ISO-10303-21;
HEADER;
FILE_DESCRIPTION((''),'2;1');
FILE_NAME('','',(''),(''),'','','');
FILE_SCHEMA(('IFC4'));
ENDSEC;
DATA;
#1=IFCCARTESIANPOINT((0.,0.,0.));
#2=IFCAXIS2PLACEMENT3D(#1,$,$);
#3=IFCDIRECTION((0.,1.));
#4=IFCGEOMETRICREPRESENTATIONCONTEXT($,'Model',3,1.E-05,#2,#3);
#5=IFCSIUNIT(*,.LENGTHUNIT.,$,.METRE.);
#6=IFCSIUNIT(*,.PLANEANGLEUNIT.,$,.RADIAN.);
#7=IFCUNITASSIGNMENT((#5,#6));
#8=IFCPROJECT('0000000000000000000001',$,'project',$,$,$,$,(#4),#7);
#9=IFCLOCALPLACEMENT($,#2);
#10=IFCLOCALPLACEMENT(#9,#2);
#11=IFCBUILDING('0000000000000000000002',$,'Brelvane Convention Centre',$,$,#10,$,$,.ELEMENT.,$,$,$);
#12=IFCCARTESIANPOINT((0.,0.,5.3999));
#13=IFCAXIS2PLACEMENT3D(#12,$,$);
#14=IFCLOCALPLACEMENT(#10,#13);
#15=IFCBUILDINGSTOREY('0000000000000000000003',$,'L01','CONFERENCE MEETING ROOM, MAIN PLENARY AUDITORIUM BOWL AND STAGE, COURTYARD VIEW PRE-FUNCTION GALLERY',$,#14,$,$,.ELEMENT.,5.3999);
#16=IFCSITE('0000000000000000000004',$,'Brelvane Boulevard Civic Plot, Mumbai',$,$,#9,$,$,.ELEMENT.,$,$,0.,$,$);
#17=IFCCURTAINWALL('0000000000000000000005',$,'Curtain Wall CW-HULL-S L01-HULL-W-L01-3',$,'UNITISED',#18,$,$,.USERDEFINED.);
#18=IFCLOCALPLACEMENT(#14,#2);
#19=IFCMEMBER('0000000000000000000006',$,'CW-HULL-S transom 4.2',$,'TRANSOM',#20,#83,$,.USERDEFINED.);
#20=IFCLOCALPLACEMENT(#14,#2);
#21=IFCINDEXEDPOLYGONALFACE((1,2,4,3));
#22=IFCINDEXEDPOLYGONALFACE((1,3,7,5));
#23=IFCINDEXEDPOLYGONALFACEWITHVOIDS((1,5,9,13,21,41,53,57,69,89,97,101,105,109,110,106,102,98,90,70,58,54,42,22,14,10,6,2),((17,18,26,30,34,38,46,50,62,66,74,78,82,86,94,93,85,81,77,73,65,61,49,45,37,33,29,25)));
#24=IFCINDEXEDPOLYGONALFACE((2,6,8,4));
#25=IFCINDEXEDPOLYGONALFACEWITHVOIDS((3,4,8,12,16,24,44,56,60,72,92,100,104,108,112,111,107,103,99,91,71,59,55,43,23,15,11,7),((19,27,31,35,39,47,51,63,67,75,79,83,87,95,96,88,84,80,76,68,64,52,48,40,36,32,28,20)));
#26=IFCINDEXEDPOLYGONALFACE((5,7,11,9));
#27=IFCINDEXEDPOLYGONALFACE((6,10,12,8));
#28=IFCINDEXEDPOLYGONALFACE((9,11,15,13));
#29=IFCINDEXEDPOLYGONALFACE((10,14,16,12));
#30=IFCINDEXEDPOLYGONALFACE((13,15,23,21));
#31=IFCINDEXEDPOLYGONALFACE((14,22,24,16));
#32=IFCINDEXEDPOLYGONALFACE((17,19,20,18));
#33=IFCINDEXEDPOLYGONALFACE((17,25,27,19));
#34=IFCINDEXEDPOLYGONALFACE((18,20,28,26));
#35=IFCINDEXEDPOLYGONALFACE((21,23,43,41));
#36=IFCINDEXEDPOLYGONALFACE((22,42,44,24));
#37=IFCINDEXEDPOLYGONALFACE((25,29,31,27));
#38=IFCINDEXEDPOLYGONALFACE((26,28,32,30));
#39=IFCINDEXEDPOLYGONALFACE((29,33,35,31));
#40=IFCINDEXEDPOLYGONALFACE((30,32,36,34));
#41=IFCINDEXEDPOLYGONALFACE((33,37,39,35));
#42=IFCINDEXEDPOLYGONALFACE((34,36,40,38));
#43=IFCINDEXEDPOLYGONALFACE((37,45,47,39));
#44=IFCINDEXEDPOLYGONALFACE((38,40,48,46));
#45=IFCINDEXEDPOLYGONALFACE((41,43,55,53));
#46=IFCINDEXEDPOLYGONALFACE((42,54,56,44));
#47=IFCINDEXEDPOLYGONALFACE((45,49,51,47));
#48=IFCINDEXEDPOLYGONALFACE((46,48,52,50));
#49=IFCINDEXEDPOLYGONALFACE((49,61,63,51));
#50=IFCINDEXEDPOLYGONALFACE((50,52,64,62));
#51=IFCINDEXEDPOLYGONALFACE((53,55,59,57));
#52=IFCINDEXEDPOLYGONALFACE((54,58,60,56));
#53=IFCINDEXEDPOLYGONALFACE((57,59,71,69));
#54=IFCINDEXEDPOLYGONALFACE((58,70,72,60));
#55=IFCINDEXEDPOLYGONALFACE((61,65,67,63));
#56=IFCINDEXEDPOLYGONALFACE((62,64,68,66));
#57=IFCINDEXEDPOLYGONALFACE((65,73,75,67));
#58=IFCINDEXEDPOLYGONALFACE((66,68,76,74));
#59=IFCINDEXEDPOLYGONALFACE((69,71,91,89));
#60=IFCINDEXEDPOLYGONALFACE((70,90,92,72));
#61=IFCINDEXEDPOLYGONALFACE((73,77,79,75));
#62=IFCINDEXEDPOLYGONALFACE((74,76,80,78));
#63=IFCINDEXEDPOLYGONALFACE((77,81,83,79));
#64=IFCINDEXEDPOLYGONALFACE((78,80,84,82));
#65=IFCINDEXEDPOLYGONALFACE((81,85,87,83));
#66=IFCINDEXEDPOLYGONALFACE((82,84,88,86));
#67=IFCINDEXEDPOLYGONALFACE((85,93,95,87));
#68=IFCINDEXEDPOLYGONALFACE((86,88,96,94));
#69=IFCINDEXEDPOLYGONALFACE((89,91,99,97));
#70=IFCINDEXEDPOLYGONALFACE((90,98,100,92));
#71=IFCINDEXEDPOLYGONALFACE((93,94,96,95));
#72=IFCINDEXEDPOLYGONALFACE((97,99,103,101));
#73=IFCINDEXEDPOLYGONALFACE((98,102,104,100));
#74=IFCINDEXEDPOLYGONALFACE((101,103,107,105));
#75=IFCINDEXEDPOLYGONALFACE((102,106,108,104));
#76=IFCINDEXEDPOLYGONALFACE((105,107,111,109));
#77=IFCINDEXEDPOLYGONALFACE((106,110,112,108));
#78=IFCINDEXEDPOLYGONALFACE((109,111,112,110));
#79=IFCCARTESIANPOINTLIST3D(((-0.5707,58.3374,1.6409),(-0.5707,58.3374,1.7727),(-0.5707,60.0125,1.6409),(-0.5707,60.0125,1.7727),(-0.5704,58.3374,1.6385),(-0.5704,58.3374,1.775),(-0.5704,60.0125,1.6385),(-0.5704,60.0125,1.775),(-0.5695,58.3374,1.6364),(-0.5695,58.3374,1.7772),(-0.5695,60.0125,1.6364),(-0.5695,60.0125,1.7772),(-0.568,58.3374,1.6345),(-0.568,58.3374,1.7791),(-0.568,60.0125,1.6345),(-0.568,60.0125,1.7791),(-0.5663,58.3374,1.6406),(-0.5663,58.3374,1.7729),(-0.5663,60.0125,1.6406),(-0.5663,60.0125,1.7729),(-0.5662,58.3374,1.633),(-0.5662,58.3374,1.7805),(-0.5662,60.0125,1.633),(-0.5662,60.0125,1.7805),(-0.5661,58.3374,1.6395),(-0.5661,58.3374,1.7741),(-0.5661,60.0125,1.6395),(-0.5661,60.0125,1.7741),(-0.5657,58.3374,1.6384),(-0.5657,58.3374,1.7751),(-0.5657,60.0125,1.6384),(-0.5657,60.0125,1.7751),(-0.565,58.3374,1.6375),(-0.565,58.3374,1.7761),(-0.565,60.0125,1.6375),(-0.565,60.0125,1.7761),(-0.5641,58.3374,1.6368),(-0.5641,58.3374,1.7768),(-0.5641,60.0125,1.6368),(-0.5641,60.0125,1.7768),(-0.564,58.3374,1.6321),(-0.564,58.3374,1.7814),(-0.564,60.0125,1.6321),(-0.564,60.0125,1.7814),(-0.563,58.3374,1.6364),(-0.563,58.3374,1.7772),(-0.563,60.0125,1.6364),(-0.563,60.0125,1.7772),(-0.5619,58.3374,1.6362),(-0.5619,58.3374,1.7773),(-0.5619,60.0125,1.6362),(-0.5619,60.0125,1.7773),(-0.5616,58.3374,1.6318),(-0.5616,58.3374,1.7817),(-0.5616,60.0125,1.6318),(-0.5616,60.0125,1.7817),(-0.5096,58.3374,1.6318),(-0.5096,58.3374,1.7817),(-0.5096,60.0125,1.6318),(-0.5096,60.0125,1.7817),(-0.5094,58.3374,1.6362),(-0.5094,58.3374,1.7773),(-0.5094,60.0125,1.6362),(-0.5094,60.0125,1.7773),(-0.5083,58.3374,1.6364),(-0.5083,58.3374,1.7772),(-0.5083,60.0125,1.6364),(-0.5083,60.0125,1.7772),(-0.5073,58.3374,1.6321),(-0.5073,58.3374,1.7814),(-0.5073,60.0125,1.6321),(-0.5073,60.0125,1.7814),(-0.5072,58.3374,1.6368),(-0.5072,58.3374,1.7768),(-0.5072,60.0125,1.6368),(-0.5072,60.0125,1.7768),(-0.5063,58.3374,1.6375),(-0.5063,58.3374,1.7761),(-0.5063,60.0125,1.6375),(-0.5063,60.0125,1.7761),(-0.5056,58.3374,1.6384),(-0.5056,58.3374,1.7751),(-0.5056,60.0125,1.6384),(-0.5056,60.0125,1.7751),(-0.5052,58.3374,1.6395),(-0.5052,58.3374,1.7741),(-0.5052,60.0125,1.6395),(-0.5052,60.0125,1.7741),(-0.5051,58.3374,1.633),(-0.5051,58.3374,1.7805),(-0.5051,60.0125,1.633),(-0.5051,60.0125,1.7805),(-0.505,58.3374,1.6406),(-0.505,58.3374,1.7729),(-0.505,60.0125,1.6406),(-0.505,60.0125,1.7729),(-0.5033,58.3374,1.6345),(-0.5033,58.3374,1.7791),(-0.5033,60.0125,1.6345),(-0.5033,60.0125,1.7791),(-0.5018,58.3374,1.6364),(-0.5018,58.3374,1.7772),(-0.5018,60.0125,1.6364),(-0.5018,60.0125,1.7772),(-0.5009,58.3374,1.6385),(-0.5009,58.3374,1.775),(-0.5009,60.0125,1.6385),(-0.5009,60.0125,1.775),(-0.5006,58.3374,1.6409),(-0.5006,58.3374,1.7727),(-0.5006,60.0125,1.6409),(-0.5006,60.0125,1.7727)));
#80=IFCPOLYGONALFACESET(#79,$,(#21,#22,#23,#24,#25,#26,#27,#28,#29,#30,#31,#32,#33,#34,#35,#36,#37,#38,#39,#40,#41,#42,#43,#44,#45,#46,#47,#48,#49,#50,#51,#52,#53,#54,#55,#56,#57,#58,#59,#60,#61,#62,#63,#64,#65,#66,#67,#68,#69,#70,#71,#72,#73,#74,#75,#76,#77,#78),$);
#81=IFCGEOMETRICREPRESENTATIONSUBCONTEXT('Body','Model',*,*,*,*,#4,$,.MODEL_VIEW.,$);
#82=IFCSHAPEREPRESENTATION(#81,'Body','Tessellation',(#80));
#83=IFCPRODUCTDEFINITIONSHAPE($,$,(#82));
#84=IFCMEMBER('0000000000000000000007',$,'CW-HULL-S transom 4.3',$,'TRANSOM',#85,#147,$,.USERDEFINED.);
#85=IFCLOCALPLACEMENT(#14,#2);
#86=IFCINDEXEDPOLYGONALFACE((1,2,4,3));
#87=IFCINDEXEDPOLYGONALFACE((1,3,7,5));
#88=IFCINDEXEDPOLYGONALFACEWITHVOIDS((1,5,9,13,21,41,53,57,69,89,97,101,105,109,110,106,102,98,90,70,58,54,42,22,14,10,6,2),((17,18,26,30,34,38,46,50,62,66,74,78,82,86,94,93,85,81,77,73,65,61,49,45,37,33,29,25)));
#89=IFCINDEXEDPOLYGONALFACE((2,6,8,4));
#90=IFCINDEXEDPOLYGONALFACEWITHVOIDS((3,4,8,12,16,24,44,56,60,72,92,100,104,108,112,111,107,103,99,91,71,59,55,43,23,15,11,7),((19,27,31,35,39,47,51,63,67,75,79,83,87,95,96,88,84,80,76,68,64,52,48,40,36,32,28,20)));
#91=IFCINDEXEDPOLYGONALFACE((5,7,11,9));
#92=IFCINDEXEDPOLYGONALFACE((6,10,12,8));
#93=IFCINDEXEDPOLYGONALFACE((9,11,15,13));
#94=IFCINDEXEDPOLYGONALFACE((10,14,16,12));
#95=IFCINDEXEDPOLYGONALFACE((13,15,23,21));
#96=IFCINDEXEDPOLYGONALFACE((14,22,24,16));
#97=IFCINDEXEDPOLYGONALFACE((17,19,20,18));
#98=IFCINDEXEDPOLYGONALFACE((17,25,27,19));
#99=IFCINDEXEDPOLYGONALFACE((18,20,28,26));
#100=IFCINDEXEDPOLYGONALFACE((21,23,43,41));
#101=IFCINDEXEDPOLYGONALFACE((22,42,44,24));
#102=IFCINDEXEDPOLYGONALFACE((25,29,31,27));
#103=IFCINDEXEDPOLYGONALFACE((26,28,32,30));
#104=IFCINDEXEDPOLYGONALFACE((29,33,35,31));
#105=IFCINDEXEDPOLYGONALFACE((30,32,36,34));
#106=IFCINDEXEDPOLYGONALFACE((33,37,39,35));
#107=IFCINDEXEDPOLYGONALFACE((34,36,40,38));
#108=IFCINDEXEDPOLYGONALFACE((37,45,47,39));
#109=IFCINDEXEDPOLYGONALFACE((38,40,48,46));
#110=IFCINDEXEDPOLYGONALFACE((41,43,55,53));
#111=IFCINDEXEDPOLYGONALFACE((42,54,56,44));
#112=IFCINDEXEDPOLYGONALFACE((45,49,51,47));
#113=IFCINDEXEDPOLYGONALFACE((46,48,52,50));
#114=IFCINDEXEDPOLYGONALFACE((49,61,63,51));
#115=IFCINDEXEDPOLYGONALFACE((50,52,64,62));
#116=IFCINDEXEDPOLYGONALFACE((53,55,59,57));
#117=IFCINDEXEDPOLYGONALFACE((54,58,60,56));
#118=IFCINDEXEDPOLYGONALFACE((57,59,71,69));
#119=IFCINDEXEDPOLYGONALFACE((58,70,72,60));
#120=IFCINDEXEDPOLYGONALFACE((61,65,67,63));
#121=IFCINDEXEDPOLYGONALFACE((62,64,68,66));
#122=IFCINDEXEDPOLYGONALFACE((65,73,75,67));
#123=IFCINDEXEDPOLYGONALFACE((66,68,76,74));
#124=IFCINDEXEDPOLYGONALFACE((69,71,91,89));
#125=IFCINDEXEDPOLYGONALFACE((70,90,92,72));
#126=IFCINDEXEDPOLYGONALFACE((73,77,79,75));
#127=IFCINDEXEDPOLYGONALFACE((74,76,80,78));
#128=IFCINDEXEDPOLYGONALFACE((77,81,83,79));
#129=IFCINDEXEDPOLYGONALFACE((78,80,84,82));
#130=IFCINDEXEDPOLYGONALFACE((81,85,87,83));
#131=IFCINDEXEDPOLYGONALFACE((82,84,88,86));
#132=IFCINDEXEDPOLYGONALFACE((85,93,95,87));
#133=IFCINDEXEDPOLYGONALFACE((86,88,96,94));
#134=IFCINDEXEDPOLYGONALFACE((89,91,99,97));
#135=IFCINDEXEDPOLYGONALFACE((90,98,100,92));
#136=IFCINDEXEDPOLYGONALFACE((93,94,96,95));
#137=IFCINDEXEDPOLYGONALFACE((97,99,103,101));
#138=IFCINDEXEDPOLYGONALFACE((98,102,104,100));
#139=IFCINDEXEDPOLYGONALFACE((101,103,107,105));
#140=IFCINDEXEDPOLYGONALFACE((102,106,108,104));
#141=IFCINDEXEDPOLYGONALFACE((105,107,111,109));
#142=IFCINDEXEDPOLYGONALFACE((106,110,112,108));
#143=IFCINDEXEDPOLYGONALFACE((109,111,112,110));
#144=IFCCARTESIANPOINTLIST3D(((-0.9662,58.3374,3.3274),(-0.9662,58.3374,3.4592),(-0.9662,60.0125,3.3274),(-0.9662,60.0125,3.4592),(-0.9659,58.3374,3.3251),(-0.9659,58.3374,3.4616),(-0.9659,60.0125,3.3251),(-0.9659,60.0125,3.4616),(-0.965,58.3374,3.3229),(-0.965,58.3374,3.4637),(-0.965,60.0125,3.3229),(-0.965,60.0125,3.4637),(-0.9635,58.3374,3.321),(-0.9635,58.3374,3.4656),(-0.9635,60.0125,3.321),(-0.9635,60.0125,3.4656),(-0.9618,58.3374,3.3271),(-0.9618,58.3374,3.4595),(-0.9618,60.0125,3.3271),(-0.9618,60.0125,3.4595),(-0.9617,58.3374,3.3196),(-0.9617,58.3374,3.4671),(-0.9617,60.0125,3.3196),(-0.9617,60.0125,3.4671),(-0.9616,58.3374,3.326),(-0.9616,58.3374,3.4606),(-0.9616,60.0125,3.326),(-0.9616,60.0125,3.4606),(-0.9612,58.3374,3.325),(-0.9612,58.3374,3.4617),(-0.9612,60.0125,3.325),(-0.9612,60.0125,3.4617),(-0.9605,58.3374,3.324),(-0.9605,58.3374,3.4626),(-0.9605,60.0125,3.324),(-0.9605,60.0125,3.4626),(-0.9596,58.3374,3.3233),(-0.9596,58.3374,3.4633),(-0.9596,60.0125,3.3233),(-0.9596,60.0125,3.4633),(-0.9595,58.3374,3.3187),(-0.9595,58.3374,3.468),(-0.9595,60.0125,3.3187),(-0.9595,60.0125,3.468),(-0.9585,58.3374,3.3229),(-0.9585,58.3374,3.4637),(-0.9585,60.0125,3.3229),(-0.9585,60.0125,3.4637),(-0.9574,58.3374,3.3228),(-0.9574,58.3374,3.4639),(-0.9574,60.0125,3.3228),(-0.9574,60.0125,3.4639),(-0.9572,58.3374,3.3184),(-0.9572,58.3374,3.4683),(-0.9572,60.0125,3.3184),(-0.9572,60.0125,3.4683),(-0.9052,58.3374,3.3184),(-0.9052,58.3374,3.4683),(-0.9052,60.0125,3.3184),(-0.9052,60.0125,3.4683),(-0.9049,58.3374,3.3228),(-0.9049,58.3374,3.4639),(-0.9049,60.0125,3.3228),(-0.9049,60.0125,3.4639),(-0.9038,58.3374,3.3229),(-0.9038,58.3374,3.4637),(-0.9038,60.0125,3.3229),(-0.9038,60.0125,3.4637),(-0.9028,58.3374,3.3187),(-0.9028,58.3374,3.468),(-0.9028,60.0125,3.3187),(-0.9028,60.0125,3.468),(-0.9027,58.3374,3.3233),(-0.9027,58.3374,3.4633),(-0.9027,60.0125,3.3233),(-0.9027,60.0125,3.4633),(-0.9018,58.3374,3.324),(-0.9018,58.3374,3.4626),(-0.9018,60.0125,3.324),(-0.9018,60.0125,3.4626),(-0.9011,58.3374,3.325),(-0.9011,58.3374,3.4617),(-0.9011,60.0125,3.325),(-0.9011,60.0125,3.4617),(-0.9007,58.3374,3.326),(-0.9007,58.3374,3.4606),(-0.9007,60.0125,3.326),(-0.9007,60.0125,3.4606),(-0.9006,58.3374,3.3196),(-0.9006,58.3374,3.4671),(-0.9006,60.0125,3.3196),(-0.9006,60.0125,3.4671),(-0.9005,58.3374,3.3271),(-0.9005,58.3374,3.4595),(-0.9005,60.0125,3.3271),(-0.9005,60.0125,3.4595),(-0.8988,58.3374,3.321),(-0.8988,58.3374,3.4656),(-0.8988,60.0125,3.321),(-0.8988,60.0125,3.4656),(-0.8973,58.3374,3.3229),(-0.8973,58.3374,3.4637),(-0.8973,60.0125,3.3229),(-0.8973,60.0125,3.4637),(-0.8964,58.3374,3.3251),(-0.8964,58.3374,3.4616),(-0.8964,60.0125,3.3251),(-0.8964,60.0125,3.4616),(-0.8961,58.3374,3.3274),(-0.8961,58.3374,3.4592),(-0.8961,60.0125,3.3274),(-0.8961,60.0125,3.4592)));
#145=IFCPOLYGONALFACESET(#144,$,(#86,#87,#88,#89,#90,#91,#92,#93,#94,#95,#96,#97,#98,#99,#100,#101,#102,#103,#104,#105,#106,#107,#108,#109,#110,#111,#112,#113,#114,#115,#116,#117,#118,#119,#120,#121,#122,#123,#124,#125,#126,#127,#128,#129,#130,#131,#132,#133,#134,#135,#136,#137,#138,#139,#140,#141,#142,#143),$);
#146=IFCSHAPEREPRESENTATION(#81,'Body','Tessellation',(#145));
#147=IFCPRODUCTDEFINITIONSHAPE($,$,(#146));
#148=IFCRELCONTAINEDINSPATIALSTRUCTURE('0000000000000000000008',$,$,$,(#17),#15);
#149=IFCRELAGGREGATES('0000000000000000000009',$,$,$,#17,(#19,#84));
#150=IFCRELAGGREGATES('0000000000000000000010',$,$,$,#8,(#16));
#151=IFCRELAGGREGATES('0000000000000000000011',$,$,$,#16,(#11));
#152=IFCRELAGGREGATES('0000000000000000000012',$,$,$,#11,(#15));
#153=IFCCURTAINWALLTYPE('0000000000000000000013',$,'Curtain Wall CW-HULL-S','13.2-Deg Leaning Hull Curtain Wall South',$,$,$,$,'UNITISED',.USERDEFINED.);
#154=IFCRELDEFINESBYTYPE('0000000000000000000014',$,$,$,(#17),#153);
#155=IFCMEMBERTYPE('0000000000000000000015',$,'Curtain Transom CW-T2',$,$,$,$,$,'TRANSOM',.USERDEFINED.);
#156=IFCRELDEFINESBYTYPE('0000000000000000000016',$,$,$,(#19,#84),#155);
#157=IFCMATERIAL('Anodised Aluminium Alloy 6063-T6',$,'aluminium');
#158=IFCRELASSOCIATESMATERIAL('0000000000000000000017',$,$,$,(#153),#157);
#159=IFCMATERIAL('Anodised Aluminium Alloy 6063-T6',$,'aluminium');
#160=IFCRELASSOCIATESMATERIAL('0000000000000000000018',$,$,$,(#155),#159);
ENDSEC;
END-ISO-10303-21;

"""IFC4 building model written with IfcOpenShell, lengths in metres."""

from ifc_helpers import new_model, si_unit, direction, frame, origin, origin_2d, place, context, subcontext, project, spatial, hollow_rectangle, extrude, material, material_profile, profile_set, type_object, element, aggregate, save


model = new_model("IFC4")

# Units and contexts
model_context = context("Model", 3, precision=1e-05, world=origin(), true_north=direction((0.0, 1.0)))
body_context = subcontext(model_context, "Body", "Model", "MODEL_VIEW")
ifc_project = project(units=[si_unit("LENGTHUNIT", "METRE"), si_unit("PLANEANGLEUNIT", "RADIAN")], contexts=[model_context])

# Site, building, storey
site_placement = place(None, origin())
site = spatial("IfcSite", under=ifc_project, at=site_placement, Name="Brelvane Boulevard Civic Plot, Mumbai", CompositionType="ELEMENT", RefElevation=0.0)
building_placement = place(site_placement, origin())
building = spatial("IfcBuilding", under=site, at=building_placement, Name="Brelvane Convention Centre", CompositionType="ELEMENT")
storey_placement = place(building_placement, frame((0.0, 0.0, 5.3999)))
storey = spatial("IfcBuildingStorey", under=building, at=storey_placement, Name="L01", Description="CONFERENCE MEETING ROOM, MAIN PLENARY AUDITORIUM BOWL AND STAGE, COURTYARD VIEW PRE-FUNCTION GALLERY", CompositionType="ELEMENT", Elevation=5.3999)

# Curtain wall
ifc_material_1 = material(Name="Anodised Aluminium Alloy 6063-T6", Category="aluminium")
curtain_wall_type = type_object("IfcCurtainWallType", Name="Curtain Wall CW-HULL-S", Description="13.2-Deg Leaning Hull Curtain Wall South", ElementType="UNITISED", PredefinedType="USERDEFINED", material=ifc_material_1)
curtain_wall_1_placement = place(storey_placement, origin())
curtain_wall_1 = element("IfcCurtainWall", 1, at=curtain_wall_1_placement, inside=storey, type_object=curtain_wall_type, Name="Curtain Wall CW-HULL-S L01-HULL-W-L01-3", ObjectType="UNITISED", PredefinedType="USERDEFINED")

# Members
ifc_material_2 = material(Name="Anodised Aluminium Alloy 6063-T6", Category="aluminium")
ifc_material_profile_1 = material_profile(ifc_material_2, hollow_rectangle(XDim=0.0701, YDim=0.1499, WallThickness=0.0044, InnerFilletRadius=0.0044, OuterFilletRadius=0.009, at=origin_2d()), Name="ALU-T 150x70x4.5")
ifc_profile_set_1 = profile_set([ifc_material_profile_1], Name="Anodised Aluminium Alloy 6063-T6")
member_type_1 = type_object("IfcMemberType", Name="Curtain Transom CW-T2", ElementType="TRANSOM", PredefinedType="USERDEFINED", material=ifc_profile_set_1)
member_1_placement = place(storey_placement, frame((-0.5356, 58.3374, 1.7068), z_axis=(0.0, 1.0, 0.0), x_axis=(-1.0, 0.0, 0.0)))
member_1 = element("IfcMember", 2, at=member_1_placement, type_object=member_type_1, Name="CW-HULL-S transom 4.2", ObjectType="TRANSOM", PredefinedType="USERDEFINED", context=body_context, shape_type="SweptSolid", body=[
    extrude(hollow_rectangle(XDim=0.0701, YDim=0.1499, WallThickness=0.0044, InnerFilletRadius=0.0044, OuterFilletRadius=0.009, at=origin_2d()), origin(), (0.0, 0.0, 1.0), 1.675),
])
member_2_placement = place(storey_placement, frame((-0.9312, 58.3374, 3.3933), z_axis=(0.0, 1.0, 0.0), x_axis=(-1.0, 0.0, 0.0)))
member_2 = element("IfcMember", 3, at=member_2_placement, type_object=member_type_1, Name="CW-HULL-S transom 4.3", ObjectType="TRANSOM", PredefinedType="USERDEFINED", context=body_context, shape_type="SweptSolid", body=[
    extrude(hollow_rectangle(XDim=0.0701, YDim=0.1499, WallThickness=0.0044, InnerFilletRadius=0.0044, OuterFilletRadius=0.009, at=origin_2d()), origin(), (0.0, 0.0, 1.0), 1.675),
])

aggregate(curtain_wall_1, [member_1, member_2])

save(model, "model.ifc")
